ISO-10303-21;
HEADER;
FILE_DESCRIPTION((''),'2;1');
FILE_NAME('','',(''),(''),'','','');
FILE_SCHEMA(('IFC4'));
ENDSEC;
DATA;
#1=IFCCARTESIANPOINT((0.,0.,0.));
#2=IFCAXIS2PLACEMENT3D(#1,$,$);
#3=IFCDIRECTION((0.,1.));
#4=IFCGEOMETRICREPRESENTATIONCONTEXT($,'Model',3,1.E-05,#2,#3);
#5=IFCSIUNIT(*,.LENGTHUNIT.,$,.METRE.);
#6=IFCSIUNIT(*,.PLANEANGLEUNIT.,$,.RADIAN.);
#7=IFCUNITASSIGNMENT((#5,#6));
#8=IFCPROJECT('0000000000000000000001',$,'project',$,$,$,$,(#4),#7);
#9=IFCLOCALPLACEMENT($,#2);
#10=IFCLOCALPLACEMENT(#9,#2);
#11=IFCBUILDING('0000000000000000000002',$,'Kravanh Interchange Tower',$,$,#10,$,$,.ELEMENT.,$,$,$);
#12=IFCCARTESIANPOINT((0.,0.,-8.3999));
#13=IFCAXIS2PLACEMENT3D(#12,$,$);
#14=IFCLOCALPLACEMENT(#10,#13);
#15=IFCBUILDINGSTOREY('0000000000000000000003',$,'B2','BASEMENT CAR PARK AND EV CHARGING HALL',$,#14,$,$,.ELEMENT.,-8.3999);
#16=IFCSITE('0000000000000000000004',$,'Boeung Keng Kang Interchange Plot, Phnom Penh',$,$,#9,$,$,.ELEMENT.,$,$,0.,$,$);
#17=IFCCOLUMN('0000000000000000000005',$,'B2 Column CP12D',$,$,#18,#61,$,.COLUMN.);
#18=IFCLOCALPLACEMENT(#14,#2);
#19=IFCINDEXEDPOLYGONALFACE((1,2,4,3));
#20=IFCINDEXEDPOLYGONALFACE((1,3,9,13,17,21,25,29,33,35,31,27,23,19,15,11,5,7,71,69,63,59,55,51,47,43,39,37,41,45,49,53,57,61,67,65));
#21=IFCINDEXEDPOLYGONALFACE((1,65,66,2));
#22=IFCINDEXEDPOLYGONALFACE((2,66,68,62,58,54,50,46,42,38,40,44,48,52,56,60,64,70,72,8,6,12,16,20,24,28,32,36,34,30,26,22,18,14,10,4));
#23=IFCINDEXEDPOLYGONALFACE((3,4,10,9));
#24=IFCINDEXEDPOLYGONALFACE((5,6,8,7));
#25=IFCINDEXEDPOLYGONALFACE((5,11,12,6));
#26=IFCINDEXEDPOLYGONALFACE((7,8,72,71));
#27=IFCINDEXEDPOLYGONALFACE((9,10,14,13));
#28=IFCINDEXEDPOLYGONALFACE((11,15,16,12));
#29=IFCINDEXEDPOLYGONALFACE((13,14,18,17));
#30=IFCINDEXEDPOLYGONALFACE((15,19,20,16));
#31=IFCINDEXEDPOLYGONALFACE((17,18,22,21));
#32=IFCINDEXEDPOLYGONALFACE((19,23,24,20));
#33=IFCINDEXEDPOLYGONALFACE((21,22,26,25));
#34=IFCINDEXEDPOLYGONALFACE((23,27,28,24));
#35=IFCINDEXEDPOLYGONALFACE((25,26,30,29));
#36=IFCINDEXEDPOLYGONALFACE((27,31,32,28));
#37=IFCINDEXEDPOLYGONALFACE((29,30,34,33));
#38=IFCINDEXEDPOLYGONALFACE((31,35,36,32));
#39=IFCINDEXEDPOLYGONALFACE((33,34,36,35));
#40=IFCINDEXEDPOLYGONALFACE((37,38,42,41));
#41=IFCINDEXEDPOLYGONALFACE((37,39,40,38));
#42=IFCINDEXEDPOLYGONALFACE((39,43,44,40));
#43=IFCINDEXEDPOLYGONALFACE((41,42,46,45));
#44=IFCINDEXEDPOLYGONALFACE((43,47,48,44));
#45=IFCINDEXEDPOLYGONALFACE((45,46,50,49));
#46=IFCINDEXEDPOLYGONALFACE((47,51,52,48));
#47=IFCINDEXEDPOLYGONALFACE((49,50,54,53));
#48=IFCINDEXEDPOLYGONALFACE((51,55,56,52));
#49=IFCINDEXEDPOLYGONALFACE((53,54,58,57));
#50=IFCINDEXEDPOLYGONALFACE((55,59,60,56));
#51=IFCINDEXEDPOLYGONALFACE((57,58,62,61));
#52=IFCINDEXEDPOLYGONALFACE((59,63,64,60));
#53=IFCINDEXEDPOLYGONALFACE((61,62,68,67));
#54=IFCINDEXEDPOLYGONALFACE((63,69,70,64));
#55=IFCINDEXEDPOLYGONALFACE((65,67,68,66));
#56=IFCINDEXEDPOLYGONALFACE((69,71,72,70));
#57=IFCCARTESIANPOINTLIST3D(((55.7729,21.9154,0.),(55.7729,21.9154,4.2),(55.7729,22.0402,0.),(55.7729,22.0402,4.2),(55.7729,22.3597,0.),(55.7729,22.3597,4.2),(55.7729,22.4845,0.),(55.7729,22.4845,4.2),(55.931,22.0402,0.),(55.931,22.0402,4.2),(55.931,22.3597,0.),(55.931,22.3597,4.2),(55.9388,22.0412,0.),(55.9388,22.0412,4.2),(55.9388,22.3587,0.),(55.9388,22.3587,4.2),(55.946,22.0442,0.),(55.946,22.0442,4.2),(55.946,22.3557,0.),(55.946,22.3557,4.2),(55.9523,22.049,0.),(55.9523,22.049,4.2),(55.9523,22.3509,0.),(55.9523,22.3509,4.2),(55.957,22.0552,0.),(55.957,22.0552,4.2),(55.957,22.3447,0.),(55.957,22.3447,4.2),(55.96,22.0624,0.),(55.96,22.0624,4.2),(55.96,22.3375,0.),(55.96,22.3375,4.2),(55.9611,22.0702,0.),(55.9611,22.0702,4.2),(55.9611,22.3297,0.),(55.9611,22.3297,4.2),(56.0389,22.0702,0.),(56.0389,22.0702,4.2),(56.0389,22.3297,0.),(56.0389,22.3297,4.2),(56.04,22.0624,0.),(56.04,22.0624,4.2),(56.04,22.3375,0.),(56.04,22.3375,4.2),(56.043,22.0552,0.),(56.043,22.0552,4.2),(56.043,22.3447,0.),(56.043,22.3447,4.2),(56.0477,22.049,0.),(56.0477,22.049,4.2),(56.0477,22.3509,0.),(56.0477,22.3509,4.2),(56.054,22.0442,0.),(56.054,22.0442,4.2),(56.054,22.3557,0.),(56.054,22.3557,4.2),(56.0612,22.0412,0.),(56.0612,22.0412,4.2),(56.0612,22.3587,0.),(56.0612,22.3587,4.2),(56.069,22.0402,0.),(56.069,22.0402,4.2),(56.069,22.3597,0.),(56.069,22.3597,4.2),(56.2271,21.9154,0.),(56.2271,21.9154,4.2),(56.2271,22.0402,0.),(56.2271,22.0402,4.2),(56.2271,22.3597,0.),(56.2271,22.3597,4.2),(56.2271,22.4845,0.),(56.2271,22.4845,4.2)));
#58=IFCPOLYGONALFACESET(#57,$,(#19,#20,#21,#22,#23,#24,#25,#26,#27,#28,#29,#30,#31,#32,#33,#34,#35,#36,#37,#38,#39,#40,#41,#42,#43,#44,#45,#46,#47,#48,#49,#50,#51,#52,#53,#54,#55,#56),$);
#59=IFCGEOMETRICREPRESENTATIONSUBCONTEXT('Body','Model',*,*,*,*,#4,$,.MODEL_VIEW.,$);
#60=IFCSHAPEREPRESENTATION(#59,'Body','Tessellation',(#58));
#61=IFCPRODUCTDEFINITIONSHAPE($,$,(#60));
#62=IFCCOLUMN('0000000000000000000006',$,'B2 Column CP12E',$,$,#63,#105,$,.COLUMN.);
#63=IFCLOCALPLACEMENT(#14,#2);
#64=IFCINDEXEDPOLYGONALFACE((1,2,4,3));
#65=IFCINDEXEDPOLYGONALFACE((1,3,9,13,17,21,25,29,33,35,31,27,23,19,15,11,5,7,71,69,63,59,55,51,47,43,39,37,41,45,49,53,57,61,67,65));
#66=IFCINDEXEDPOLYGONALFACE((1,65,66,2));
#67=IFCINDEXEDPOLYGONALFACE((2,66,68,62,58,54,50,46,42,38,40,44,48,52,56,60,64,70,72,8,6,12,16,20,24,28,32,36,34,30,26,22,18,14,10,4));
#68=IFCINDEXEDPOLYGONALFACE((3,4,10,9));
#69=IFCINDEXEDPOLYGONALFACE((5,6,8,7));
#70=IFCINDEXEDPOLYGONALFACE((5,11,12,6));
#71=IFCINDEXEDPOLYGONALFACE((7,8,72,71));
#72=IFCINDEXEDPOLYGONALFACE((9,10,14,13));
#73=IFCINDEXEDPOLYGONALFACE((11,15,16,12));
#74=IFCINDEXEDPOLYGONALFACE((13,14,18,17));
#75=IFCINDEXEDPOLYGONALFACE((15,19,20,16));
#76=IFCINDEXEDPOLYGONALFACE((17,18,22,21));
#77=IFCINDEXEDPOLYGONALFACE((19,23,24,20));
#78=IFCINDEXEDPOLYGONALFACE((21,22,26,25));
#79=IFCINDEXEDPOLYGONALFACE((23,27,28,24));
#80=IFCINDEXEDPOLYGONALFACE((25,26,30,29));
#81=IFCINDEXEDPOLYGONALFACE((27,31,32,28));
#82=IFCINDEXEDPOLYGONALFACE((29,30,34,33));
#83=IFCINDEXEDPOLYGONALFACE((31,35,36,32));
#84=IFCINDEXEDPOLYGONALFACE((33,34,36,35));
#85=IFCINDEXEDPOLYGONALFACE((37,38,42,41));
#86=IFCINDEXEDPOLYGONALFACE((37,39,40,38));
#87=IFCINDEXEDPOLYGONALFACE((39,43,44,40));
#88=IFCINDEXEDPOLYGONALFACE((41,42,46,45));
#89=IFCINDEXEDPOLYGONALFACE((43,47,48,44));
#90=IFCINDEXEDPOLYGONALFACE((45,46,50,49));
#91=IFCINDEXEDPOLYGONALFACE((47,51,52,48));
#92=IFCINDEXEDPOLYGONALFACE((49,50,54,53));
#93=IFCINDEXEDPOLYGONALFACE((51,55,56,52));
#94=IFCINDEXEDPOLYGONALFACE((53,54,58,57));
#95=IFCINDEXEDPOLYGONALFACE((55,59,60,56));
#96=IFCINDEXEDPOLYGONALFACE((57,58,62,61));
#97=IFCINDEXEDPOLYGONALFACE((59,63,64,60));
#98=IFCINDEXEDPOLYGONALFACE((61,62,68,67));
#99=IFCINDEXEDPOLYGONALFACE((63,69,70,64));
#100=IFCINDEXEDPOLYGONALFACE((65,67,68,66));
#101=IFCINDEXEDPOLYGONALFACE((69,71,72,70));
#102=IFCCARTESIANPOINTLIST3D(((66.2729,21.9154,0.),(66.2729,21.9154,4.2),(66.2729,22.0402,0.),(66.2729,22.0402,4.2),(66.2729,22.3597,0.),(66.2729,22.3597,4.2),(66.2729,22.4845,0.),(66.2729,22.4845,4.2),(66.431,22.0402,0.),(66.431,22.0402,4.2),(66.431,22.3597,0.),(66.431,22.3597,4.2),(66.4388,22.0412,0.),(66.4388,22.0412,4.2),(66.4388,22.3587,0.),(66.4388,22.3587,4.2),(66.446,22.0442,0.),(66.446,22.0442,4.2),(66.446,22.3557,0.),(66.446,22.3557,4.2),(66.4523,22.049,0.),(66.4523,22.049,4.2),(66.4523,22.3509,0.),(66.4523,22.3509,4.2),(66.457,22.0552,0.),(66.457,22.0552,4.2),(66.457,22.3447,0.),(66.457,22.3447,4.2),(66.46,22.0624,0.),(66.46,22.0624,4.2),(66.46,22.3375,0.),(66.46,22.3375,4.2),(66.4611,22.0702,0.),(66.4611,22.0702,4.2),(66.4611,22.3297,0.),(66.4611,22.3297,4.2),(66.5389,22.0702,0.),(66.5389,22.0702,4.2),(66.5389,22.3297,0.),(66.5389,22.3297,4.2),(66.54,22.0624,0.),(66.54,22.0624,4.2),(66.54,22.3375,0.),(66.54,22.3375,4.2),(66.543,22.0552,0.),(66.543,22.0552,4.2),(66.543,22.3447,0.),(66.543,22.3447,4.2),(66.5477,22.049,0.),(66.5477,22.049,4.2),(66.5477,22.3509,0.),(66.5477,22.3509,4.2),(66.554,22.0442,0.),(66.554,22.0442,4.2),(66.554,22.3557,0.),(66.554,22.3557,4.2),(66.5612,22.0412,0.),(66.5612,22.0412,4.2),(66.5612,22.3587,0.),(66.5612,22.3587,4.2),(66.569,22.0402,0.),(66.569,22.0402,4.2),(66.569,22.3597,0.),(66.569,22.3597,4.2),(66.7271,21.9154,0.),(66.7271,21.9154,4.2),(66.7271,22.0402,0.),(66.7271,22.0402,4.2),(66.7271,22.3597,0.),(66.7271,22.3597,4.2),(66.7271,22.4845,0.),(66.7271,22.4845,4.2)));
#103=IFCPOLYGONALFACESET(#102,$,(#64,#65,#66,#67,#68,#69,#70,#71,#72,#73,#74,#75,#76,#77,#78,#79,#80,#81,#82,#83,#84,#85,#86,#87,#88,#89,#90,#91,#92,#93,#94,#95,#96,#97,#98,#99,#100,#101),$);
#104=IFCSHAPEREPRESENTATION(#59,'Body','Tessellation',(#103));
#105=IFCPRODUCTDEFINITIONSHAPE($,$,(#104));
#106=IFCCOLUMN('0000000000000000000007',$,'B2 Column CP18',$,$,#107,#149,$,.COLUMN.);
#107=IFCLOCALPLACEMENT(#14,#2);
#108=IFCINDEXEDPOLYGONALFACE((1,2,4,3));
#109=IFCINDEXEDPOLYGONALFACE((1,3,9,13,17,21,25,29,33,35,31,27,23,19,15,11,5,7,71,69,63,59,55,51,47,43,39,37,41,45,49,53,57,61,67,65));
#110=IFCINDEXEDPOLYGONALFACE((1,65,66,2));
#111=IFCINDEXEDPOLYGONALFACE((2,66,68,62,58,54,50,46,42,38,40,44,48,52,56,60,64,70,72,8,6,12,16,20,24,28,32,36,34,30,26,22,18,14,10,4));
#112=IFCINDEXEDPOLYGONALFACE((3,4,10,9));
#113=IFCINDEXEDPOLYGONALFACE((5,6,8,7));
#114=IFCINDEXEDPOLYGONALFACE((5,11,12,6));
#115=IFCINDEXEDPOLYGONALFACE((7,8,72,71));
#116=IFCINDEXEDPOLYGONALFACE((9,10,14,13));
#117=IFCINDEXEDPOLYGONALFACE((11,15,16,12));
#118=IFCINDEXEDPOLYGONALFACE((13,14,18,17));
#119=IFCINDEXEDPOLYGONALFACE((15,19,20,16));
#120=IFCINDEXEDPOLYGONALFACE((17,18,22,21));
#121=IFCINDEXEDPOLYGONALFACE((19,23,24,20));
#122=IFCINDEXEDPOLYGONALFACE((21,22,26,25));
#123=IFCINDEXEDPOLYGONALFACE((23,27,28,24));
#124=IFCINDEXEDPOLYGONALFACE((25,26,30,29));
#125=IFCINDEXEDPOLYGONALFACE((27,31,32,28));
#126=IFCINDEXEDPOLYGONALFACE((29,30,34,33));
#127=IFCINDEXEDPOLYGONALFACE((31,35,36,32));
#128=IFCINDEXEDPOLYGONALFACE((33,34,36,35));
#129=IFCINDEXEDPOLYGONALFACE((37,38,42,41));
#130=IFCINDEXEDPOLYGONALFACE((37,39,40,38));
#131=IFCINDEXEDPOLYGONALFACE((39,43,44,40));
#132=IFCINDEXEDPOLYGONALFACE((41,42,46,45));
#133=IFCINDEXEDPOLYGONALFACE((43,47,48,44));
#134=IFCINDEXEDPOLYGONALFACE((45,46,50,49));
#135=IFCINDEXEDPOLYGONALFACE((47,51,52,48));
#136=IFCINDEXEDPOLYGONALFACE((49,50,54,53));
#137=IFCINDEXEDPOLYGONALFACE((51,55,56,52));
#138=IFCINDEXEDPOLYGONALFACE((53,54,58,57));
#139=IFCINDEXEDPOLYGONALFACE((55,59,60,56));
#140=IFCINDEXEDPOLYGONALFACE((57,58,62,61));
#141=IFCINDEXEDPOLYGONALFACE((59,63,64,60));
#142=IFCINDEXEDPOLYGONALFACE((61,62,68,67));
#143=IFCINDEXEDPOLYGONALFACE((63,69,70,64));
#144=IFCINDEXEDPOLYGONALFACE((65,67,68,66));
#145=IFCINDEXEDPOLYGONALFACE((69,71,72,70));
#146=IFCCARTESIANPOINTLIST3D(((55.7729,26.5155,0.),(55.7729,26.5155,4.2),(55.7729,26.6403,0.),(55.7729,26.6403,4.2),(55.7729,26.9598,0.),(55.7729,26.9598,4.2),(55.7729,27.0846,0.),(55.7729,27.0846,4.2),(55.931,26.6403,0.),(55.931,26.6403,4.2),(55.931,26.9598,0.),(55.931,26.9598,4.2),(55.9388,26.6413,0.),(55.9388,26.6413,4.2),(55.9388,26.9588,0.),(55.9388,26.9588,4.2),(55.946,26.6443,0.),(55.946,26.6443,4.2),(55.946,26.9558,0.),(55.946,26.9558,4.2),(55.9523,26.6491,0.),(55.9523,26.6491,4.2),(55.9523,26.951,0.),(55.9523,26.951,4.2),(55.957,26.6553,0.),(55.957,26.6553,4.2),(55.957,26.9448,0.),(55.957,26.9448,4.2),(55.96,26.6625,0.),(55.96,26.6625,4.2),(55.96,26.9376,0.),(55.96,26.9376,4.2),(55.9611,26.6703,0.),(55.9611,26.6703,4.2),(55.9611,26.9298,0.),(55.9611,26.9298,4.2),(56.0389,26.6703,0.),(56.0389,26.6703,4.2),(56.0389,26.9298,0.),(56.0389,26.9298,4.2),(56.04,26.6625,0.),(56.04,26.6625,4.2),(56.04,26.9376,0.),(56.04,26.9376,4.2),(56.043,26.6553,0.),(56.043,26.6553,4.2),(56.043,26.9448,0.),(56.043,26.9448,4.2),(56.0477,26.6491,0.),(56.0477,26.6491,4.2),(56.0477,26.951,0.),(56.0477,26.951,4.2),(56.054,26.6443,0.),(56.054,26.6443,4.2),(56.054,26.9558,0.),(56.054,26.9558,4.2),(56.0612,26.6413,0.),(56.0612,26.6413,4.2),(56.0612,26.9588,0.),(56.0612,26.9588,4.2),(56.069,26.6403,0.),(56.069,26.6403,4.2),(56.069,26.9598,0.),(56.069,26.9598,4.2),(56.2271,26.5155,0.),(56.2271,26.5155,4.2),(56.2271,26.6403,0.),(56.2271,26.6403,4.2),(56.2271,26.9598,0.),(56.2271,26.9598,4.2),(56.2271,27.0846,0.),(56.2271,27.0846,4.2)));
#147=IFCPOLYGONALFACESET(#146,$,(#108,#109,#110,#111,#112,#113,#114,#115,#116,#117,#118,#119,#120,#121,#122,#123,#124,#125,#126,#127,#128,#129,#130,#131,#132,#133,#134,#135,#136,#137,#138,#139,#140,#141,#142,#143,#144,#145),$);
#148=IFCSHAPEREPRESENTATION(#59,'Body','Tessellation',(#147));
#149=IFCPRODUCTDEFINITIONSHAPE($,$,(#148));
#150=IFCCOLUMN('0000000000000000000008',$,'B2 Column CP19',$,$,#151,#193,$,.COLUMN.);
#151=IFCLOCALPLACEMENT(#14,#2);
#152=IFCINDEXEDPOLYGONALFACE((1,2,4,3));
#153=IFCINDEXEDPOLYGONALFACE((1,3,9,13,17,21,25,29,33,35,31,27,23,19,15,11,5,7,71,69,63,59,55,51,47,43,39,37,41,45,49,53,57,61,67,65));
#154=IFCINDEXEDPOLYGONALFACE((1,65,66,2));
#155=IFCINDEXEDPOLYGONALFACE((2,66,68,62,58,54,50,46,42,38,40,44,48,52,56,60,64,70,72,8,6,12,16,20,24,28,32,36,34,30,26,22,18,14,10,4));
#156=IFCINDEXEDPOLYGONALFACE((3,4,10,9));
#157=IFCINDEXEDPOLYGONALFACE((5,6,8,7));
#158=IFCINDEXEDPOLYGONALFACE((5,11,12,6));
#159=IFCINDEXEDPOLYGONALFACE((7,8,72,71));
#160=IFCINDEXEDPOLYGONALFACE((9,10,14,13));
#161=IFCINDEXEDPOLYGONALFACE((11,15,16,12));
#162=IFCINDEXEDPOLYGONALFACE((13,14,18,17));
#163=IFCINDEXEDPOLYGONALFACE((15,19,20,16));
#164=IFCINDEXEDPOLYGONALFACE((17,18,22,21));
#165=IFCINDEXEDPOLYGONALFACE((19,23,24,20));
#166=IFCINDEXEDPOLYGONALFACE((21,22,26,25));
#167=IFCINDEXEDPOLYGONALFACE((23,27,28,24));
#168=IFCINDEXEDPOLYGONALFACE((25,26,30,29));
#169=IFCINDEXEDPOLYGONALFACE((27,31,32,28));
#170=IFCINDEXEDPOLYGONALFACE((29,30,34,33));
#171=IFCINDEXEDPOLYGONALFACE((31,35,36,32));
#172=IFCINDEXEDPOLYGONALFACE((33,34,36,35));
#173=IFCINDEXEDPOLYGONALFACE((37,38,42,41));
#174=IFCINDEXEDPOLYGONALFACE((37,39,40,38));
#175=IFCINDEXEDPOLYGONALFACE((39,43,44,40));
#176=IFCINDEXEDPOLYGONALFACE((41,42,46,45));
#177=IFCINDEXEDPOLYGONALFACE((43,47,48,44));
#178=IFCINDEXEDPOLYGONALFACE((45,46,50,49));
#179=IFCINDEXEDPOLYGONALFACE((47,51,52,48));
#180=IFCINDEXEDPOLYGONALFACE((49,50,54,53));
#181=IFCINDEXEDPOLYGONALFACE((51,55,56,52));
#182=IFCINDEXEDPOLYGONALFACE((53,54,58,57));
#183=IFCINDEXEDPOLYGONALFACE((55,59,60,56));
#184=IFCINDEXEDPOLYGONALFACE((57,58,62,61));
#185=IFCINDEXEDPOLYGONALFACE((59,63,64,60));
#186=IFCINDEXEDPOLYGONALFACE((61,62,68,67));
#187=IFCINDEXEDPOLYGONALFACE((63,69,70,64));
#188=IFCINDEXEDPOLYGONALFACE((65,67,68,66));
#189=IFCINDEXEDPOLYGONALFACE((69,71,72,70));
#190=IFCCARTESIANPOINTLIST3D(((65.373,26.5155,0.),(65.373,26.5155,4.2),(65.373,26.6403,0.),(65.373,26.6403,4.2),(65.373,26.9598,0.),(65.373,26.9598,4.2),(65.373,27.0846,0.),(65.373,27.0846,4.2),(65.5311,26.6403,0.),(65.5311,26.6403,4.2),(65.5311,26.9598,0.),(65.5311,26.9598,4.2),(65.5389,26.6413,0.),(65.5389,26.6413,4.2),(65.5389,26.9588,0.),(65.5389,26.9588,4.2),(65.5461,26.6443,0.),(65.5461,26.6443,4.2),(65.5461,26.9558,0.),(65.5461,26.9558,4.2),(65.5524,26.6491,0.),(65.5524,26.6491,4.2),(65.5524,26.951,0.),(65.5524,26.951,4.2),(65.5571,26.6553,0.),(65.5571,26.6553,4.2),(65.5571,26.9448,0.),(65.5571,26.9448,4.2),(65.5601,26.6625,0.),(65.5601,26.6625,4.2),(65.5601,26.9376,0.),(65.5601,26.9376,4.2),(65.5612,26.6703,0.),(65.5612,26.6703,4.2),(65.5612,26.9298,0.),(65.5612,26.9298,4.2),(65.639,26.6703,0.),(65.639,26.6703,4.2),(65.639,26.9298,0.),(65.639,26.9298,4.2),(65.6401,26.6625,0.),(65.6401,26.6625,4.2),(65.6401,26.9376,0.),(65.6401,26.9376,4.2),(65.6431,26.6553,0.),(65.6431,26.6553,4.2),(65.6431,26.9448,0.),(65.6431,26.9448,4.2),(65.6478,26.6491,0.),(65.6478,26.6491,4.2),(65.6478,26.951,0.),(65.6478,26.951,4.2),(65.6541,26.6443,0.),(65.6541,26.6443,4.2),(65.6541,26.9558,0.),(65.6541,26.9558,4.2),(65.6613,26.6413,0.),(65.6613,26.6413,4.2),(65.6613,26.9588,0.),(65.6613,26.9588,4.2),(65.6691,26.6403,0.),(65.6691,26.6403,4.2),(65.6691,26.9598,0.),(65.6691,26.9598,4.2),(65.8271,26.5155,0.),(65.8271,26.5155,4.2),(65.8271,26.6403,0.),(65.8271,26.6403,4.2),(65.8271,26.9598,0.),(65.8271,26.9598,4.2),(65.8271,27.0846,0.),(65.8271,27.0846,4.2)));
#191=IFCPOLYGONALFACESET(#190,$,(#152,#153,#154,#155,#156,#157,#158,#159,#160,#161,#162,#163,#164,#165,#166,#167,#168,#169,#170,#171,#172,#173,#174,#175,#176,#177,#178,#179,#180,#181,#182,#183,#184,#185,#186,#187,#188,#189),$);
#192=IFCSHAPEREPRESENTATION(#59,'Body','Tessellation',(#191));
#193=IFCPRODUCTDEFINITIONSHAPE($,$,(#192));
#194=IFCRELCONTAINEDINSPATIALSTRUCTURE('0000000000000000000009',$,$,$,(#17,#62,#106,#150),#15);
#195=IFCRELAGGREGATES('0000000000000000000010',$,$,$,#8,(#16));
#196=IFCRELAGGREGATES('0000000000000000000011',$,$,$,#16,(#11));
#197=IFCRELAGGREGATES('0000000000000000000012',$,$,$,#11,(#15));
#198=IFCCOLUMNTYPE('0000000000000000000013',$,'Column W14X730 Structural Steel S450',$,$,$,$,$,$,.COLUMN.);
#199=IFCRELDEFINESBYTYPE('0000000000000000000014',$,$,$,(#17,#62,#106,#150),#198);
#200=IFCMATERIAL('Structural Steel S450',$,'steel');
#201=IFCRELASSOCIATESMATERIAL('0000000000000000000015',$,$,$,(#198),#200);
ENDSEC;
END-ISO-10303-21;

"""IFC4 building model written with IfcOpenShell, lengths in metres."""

from ifc_helpers import new_model, si_unit, direction, frame, origin, origin_2d, place, context, subcontext, project, spatial, i_section, extrude, material, material_profile, profile_set, type_object, element, save


model = new_model("IFC4")

# Units and contexts
model_context = context("Model", 3, precision=1e-05, world=origin(), true_north=direction((0.0, 1.0)))
body_context = subcontext(model_context, "Body", "Model", "MODEL_VIEW")
ifc_project = project(units=[si_unit("LENGTHUNIT", "METRE"), si_unit("PLANEANGLEUNIT", "RADIAN")], contexts=[model_context])

# Site, building, storey
site_placement = place(None, origin())
site = spatial("IfcSite", under=ifc_project, at=site_placement, Name="Boeung Keng Kang Interchange Plot, Phnom Penh", CompositionType="ELEMENT", RefElevation=0.0)
building_placement = place(site_placement, origin())
building = spatial("IfcBuilding", under=site, at=building_placement, Name="Kravanh Interchange Tower", CompositionType="ELEMENT")
storey_placement = place(building_placement, frame((0.0, 0.0, -8.3999)))
storey = spatial("IfcBuildingStorey", under=building, at=storey_placement, Name="B2", Description="BASEMENT CAR PARK AND EV CHARGING HALL", CompositionType="ELEMENT", Elevation=-8.3999)

# Columns
ifc_material_1 = material(Name="Structural Steel S450", Category="steel")
ifc_material_profile_1 = material_profile(ifc_material_1, i_section(OverallWidth=0.4541, OverallDepth=0.5691, WebThickness=0.0779, FlangeThickness=0.1248, FilletRadius=0.03, at=origin_2d()), Name="W14X730")
ifc_profile_set_1 = profile_set([ifc_material_profile_1], Name="Structural Steel S450")
column_type = type_object("IfcColumnType", Name="Column W14X730 Structural Steel S450", PredefinedType="COLUMN", material=ifc_profile_set_1)
for number, where, z_axis, x_axis, name in (
    (1, (56.0, 22.2, 0.0), (0.0, 0.0, 1.0), (1.0, 0.0, 0.0), "B2 Column CP12D"),
    (2, (66.5, 22.2, 0.0), (0.0, 0.0, 1.0), (1.0, 0.0, 0.0), "B2 Column CP12E"),
    (3, (56.0, 26.8, 0.0), (0.0, 0.0, 1.0), (1.0, 0.0, 0.0), "B2 Column CP18"),
    (4, (65.6001, 26.8, 0.0), (0.0, 0.0, 1.0), (1.0, 0.0, 0.0), "B2 Column CP19"),
):
    element("IfcColumn", number, at=place(storey_placement, frame(where, z_axis=z_axis, x_axis=x_axis)), inside=storey, type_object=column_type, Name=name, PredefinedType="COLUMN", context=body_context, shape_type="SweptSolid", body=[
        extrude(i_section(OverallWidth=0.4541, OverallDepth=0.5691, WebThickness=0.0779, FlangeThickness=0.1248, FilletRadius=0.03, at=origin_2d()), origin(), (0.0, 0.0, 1.0), 4.2),
    ])

save(model, "model.ifc")
